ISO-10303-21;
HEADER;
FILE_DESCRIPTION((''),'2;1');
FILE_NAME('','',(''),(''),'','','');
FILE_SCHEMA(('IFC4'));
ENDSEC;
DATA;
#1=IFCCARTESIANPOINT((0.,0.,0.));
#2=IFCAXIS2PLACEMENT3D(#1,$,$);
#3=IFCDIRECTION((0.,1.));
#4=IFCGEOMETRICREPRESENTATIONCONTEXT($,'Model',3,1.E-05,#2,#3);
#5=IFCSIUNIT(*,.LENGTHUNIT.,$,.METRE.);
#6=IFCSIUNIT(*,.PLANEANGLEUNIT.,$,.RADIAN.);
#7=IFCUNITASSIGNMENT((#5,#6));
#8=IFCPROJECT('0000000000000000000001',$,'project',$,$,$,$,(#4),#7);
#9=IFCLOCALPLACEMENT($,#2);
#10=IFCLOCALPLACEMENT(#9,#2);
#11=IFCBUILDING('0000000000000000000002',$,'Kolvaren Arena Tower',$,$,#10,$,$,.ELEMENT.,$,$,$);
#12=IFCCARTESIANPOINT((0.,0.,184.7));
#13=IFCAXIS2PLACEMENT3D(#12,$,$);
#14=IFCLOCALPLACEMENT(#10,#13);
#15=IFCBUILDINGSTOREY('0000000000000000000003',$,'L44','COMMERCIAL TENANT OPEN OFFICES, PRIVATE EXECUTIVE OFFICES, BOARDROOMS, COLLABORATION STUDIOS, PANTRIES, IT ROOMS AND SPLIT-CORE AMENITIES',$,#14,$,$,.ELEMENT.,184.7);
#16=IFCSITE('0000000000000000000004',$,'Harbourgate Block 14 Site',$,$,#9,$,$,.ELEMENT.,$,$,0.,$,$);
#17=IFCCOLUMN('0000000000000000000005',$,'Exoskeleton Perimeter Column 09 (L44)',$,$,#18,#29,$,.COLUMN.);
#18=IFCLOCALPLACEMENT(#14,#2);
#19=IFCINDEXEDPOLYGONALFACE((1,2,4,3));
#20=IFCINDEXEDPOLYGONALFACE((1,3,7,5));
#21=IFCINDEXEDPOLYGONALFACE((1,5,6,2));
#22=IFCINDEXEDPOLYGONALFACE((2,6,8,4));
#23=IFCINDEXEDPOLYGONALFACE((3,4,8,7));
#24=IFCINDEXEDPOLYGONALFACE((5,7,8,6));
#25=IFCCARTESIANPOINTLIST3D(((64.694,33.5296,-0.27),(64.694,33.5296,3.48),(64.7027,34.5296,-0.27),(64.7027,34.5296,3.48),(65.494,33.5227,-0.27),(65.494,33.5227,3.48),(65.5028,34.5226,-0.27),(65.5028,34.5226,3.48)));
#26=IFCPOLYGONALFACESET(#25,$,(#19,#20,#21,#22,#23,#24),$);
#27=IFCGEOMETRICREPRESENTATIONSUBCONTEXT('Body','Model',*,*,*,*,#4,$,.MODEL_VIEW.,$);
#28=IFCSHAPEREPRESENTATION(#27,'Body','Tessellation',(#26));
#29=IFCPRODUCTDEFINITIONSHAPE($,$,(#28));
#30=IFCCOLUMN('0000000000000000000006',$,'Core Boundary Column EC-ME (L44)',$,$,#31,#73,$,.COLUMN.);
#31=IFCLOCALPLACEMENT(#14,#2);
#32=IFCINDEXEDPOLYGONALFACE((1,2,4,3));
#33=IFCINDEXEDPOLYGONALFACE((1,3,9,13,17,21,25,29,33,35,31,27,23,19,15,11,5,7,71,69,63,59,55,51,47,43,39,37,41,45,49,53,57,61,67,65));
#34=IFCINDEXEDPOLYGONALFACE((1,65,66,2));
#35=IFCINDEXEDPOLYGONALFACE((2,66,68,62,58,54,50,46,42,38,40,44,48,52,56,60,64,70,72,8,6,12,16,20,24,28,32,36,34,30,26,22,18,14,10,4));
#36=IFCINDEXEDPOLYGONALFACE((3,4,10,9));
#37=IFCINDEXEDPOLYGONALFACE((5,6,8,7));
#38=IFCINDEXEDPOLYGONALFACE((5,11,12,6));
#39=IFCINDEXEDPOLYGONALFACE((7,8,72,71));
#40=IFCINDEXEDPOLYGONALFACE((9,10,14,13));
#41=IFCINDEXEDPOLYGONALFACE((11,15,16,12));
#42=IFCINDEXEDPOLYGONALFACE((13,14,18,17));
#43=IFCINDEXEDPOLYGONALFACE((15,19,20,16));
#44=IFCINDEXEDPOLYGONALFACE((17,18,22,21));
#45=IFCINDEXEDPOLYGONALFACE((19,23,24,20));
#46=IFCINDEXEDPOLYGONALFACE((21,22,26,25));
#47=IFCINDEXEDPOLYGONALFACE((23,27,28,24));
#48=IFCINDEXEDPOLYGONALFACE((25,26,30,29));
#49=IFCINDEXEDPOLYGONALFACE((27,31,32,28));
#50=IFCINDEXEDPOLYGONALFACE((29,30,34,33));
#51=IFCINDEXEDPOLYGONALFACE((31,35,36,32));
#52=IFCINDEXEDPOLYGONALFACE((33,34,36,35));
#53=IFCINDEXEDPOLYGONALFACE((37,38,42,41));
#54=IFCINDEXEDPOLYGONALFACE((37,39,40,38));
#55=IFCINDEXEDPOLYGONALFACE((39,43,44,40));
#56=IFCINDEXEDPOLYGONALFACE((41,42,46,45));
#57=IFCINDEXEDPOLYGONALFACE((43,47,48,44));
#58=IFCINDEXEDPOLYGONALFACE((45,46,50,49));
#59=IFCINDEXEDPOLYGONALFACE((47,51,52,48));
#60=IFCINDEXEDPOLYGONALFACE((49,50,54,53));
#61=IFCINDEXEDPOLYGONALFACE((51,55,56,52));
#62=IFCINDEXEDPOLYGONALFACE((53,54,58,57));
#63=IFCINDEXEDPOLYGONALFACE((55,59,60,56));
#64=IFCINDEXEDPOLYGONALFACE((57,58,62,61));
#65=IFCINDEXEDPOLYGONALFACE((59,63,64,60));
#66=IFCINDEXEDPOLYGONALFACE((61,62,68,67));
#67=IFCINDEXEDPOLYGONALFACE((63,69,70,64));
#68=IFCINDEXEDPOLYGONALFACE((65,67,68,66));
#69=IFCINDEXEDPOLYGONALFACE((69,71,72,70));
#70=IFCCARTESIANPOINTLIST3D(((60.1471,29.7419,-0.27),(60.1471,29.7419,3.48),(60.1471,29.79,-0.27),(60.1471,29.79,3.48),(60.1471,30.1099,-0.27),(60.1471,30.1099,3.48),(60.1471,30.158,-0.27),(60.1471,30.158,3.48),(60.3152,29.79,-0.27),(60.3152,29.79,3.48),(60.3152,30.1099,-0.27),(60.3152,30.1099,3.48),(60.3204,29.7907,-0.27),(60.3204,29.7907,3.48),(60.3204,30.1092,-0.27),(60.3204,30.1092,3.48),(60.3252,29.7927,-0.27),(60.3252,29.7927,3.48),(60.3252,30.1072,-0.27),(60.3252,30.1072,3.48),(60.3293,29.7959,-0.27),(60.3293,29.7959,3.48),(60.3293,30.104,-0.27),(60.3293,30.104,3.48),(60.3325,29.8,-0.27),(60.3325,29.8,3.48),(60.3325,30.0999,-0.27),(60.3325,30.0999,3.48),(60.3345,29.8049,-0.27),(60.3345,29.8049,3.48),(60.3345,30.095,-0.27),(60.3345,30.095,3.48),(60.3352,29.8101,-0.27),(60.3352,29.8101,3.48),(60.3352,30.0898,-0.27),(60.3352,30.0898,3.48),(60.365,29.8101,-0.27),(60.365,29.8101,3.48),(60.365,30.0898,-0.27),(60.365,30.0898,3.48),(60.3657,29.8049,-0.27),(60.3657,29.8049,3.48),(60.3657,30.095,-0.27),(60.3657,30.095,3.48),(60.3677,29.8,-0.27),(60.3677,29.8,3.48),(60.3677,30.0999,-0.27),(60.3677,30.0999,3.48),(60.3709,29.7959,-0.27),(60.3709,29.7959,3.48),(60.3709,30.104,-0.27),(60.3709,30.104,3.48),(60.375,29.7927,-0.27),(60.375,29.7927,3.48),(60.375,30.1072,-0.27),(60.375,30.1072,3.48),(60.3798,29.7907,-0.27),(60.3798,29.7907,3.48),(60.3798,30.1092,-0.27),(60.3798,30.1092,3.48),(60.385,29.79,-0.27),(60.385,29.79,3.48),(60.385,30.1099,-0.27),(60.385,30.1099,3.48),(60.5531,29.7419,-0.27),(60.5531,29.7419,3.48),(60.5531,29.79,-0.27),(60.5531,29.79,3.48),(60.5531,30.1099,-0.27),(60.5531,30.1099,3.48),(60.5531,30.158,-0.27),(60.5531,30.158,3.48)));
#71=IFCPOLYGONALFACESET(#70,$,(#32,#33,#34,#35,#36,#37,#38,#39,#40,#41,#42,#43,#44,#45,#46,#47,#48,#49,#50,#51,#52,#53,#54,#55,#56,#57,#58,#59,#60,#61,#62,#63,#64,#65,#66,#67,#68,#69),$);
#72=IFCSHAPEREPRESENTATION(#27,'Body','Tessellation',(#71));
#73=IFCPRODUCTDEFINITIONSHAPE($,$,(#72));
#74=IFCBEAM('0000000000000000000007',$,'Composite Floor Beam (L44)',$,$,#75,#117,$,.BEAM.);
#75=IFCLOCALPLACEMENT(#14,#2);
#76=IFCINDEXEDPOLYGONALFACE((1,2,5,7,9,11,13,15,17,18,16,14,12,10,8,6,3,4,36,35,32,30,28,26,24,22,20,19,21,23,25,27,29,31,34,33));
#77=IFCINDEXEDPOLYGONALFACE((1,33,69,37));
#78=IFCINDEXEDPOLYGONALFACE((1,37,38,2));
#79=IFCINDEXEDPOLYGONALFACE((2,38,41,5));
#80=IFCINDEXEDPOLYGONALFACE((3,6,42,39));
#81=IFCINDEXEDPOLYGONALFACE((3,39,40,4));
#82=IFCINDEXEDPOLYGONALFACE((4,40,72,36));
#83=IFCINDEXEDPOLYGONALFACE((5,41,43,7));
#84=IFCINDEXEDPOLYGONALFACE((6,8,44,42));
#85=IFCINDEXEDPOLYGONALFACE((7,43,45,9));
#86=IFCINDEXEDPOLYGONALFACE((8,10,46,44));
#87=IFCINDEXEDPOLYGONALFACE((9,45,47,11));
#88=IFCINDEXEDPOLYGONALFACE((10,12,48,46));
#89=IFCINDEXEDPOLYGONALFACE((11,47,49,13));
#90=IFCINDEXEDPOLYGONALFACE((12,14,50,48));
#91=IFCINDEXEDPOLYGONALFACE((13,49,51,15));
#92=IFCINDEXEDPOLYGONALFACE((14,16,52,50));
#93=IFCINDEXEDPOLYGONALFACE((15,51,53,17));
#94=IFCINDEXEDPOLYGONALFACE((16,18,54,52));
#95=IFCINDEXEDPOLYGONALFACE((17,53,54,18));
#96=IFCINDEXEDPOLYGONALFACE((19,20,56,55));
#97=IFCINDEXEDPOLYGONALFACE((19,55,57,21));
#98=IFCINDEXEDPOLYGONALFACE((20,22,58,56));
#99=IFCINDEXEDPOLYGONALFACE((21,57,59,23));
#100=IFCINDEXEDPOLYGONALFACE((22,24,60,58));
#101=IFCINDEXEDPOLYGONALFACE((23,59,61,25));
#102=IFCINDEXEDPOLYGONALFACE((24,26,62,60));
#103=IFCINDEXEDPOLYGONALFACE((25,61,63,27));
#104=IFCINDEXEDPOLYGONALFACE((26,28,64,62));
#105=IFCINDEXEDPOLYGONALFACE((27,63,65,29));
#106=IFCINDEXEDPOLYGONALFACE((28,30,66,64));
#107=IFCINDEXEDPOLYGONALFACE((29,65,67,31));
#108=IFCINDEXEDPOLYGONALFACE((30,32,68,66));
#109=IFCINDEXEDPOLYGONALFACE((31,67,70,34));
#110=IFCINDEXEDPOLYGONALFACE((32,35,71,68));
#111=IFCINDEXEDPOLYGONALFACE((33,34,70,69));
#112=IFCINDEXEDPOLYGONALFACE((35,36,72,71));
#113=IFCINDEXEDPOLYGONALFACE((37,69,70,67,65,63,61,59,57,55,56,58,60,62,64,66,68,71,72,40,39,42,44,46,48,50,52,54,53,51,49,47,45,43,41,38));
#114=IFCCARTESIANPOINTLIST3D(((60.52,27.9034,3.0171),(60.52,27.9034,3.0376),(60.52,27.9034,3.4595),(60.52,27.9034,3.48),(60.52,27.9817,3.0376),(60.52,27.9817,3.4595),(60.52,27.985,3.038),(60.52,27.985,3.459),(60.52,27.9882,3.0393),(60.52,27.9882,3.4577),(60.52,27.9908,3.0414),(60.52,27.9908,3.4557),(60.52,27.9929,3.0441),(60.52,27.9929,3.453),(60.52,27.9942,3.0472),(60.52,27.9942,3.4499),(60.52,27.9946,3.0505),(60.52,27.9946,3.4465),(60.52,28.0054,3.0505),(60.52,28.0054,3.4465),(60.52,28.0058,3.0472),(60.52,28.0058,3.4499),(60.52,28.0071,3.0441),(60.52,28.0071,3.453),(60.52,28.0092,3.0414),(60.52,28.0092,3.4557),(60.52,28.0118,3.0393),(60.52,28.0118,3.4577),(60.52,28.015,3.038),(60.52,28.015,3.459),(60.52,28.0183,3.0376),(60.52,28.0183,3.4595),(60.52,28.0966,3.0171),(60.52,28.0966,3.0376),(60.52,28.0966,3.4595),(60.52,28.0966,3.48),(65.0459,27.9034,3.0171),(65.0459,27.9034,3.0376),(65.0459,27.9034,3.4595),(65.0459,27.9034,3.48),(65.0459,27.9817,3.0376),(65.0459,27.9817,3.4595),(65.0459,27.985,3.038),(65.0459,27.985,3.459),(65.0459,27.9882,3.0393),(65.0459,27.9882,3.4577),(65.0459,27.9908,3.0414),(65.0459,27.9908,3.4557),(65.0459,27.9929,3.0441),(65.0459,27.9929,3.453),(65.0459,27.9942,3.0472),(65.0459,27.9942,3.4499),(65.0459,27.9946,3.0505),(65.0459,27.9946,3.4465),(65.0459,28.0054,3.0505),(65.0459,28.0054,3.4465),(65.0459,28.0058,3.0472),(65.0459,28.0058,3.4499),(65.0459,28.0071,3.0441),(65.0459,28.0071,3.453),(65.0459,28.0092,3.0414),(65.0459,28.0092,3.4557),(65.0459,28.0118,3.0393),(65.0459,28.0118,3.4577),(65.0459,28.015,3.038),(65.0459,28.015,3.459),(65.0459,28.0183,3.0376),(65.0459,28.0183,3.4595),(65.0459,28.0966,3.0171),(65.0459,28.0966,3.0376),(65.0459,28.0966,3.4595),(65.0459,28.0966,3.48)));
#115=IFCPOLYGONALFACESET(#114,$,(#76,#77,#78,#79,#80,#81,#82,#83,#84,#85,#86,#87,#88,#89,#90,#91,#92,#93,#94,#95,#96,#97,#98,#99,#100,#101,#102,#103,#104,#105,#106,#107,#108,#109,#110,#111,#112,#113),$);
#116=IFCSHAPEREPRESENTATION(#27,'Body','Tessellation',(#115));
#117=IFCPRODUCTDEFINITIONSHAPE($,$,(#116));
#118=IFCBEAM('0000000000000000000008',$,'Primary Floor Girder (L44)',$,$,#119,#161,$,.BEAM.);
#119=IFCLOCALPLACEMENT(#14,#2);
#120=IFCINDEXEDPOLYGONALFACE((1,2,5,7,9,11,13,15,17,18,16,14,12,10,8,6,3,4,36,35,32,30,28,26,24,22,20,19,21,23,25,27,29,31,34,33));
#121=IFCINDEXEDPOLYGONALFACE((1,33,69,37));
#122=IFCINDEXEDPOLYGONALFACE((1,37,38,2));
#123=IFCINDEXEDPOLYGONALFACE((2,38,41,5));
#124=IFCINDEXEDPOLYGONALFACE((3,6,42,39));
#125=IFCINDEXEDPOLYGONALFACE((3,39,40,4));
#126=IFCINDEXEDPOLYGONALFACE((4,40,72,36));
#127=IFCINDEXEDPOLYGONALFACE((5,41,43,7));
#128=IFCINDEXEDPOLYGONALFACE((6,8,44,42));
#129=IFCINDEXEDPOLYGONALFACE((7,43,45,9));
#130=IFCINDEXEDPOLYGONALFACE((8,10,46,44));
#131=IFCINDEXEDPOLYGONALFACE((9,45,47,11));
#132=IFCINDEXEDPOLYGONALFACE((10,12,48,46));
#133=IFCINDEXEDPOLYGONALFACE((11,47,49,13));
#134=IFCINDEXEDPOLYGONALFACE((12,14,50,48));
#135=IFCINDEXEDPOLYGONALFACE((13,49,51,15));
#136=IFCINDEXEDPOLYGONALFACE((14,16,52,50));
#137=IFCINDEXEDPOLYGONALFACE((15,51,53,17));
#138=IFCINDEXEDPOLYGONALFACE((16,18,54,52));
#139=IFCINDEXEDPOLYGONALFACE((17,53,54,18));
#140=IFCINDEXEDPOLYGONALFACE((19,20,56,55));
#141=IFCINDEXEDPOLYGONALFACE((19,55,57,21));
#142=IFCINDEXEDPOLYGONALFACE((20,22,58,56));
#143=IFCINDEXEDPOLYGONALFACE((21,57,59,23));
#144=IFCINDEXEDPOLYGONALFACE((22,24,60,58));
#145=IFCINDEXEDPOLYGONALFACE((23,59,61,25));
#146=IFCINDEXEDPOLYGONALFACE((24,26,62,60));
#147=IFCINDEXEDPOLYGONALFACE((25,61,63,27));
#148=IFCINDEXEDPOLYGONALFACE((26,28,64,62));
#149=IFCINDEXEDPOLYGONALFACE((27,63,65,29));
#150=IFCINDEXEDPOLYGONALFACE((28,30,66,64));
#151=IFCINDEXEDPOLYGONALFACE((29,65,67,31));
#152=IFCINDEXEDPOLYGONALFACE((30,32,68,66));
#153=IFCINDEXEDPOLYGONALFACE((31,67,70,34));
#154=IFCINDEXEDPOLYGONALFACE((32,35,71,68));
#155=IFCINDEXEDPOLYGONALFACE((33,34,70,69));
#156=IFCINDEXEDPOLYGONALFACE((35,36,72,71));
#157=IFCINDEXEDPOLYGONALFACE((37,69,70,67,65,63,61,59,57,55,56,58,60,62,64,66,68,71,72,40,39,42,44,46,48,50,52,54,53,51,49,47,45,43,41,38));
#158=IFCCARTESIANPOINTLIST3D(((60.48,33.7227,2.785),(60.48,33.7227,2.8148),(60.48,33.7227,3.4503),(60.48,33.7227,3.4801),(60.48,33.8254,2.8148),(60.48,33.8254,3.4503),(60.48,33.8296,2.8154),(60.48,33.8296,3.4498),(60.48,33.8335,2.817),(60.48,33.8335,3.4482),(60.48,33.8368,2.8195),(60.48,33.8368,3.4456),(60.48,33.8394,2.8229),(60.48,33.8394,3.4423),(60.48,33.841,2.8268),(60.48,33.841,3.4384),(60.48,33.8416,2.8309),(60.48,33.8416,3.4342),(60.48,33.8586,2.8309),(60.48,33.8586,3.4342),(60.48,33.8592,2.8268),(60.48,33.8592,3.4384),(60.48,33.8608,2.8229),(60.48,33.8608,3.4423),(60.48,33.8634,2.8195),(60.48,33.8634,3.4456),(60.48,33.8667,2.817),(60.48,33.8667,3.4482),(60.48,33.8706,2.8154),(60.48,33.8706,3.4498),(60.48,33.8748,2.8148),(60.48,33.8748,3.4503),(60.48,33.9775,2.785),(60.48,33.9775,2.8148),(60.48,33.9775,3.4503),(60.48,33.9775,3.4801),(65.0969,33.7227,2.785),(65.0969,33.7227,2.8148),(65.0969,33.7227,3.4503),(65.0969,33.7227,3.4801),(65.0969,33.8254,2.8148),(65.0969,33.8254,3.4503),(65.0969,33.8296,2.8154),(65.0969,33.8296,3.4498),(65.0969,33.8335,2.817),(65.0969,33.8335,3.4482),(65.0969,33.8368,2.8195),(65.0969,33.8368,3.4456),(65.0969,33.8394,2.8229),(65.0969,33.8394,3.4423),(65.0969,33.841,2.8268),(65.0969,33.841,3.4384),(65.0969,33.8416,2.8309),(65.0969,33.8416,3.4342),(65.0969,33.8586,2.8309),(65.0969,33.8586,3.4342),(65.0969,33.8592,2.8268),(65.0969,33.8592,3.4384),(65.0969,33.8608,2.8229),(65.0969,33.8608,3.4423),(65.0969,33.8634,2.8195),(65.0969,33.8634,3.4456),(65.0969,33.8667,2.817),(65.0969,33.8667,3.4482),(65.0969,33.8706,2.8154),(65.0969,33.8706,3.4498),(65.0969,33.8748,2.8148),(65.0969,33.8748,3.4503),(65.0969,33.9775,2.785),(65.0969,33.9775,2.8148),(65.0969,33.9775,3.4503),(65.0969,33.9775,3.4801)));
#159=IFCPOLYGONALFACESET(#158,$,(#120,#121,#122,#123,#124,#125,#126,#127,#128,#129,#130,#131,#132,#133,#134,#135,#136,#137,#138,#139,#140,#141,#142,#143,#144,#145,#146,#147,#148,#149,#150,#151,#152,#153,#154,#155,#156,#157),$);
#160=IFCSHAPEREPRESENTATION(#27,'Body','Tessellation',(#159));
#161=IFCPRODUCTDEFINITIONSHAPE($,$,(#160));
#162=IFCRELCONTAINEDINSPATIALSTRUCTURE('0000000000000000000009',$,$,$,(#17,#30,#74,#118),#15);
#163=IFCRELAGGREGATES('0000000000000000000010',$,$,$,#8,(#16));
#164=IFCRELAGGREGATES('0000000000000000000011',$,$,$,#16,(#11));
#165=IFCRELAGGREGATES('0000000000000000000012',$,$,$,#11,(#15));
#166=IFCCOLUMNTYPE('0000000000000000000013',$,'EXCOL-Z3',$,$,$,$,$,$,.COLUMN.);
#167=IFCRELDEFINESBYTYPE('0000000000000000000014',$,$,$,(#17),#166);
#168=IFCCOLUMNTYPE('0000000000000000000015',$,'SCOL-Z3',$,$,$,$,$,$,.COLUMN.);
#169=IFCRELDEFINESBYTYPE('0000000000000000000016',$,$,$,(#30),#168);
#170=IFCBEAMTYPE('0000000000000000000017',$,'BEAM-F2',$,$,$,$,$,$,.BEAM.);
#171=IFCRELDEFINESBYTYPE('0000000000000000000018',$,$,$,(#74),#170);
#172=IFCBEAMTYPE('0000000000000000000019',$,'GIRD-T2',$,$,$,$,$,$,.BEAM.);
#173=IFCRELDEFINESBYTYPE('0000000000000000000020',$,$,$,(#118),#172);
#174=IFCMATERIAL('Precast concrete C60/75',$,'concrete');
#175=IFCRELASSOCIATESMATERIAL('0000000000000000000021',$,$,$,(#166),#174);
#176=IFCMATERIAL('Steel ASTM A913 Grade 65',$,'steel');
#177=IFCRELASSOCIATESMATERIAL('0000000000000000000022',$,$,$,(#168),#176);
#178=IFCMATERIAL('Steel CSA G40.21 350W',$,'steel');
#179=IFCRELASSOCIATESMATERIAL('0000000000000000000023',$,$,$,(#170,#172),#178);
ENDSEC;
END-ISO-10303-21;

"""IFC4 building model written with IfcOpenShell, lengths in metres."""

from ifc_helpers import new_model, si_unit, direction, frame, origin, origin_2d, place, context, subcontext, project, spatial, rectangle, i_section, extrude, material, material_profile, profile_set, type_object, element, save


model = new_model("IFC4")

# Units and contexts
model_context = context("Model", 3, precision=1e-05, world=origin(), true_north=direction((0.0, 1.0)))
body_context = subcontext(model_context, "Body", "Model", "MODEL_VIEW")
ifc_project = project(units=[si_unit("LENGTHUNIT", "METRE"), si_unit("PLANEANGLEUNIT", "RADIAN")], contexts=[model_context])

# Site, building, storey
site_placement = place(None, origin())
site = spatial("IfcSite", under=ifc_project, at=site_placement, Name="Harbourgate Block 14 Site", CompositionType="ELEMENT", RefElevation=0.0)
building_placement = place(site_placement, origin())
building = spatial("IfcBuilding", under=site, at=building_placement, Name="Kolvaren Arena Tower", CompositionType="ELEMENT")
storey_placement = place(building_placement, frame((0.0, 0.0, 184.7)))
storey = spatial("IfcBuildingStorey", under=building, at=storey_placement, Name="L44", Description="COMMERCIAL TENANT OPEN OFFICES, PRIVATE EXECUTIVE OFFICES, BOARDROOMS, COLLABORATION STUDIOS, PANTRIES, IT ROOMS AND SPLIT-CORE AMENITIES", CompositionType="ELEMENT", Elevation=184.7)

# Columns
ifc_material_1 = material(Name="Precast concrete C60/75", Category="concrete")
ifc_material_profile_1 = material_profile(ifc_material_1, rectangle(XDim=1.0, YDim=0.8, at=origin_2d()), Name="RC-1000x800")
ifc_profile_set_1 = profile_set([ifc_material_profile_1], Name="Precast concrete C60/75")
column_type_1 = type_object("IfcColumnType", Name="EXCOL-Z3", PredefinedType="COLUMN", material=ifc_profile_set_1)
column_1_placement = place(storey_placement, frame((65.0984, 34.0261, -0.27), z_axis=(0.0, 0.0, 1.0), x_axis=(0.008727, 0.999962, 0.0)))
element("IfcColumn", 1, at=column_1_placement, inside=storey, type_object=column_type_1, Name="Exoskeleton Perimeter Column 09 (L44)", PredefinedType="COLUMN", context=body_context, shape_type="SweptSolid", body=[
    extrude(rectangle(XDim=1.0, YDim=0.8, at=origin_2d()), origin(), (0.0, 0.0, 1.0), 3.75),
])
ifc_material_2 = material(Name="Steel ASTM A913 Grade 65", Category="steel")
ifc_material_profile_2 = material_profile(ifc_material_2, i_section(OverallWidth=0.406, OverallDepth=0.416, WebThickness=0.0298, FlangeThickness=0.0481, FilletRadius=0.02, at=origin_2d()), Name="W360x382")
ifc_profile_set_2 = profile_set([ifc_material_profile_2], Name="Steel ASTM A913 Grade 65")
column_type_2 = type_object("IfcColumnType", Name="SCOL-Z3", PredefinedType="COLUMN", material=ifc_profile_set_2)
column_2_placement = place(storey_placement, frame((60.3501, 29.95, -0.27), z_axis=(0.0, 0.0, 1.0), x_axis=(1.0, 0.0, 0.0)))
element("IfcColumn", 2, at=column_2_placement, inside=storey, type_object=column_type_2, Name="Core Boundary Column EC-ME (L44)", PredefinedType="COLUMN", context=body_context, shape_type="SweptSolid", body=[
    extrude(i_section(OverallWidth=0.406, OverallDepth=0.416, WebThickness=0.0298, FlangeThickness=0.0481, FilletRadius=0.02, at=origin_2d()), origin(), (0.0, 0.0, 1.0), 3.75),
])

# Beams
ifc_material_3 = material(Name="Steel CSA G40.21 350W", Category="steel")
ifc_material_profile_3 = material_profile(ifc_material_3, i_section(OverallWidth=0.1931, OverallDepth=0.4629, WebThickness=0.0107, FlangeThickness=0.0205, FilletRadius=0.0129, at=origin_2d()), Name="W460x113")
ifc_profile_set_3 = profile_set([ifc_material_profile_3], Name="Steel CSA G40.21 350W")
beam_type_1 = type_object("IfcBeamType", Name="BEAM-F2", PredefinedType="BEAM", material=ifc_profile_set_3)
beam_1_placement = place(storey_placement, frame((60.52, 28.0, 3.2485), z_axis=(1.0, 0.0, 0.0), x_axis=(0.0, 1.0, 0.0)))
element("IfcBeam", 3, at=beam_1_placement, inside=storey, type_object=beam_type_1, Name="Composite Floor Beam (L44)", PredefinedType="BEAM", context=body_context, shape_type="SweptSolid", body=[
    extrude(i_section(OverallWidth=0.1931, OverallDepth=0.4629, WebThickness=0.0107, FlangeThickness=0.0205, FilletRadius=0.0129, at=origin_2d()), origin(), (0.0, 0.0, 1.0), 4.5259),
])
ifc_material_profile_4 = material_profile(ifc_material_3, i_section(OverallWidth=0.2549, OverallDepth=0.6951, WebThickness=0.0171, FlangeThickness=0.0298, FilletRadius=0.0161, at=origin_2d()), Name="W690x217")
ifc_profile_set_4 = profile_set([ifc_material_profile_4], Name="Steel CSA G40.21 350W")
beam_type_2 = type_object("IfcBeamType", Name="GIRD-T2", PredefinedType="BEAM", material=ifc_profile_set_4)
beam_2_placement = place(storey_placement, frame((60.48, 33.8501, 3.1326), z_axis=(1.0, 0.0, 0.0), x_axis=(0.0, 1.0, 0.0)))
element("IfcBeam", 4, at=beam_2_placement, inside=storey, type_object=beam_type_2, Name="Primary Floor Girder (L44)", PredefinedType="BEAM", context=body_context, shape_type="SweptSolid", body=[
    extrude(i_section(OverallWidth=0.2549, OverallDepth=0.6951, WebThickness=0.0171, FlangeThickness=0.0298, FilletRadius=0.0161, at=origin_2d()), origin(), (0.0, 0.0, 1.0), 4.6169),
])

save(model, "model.ifc")
